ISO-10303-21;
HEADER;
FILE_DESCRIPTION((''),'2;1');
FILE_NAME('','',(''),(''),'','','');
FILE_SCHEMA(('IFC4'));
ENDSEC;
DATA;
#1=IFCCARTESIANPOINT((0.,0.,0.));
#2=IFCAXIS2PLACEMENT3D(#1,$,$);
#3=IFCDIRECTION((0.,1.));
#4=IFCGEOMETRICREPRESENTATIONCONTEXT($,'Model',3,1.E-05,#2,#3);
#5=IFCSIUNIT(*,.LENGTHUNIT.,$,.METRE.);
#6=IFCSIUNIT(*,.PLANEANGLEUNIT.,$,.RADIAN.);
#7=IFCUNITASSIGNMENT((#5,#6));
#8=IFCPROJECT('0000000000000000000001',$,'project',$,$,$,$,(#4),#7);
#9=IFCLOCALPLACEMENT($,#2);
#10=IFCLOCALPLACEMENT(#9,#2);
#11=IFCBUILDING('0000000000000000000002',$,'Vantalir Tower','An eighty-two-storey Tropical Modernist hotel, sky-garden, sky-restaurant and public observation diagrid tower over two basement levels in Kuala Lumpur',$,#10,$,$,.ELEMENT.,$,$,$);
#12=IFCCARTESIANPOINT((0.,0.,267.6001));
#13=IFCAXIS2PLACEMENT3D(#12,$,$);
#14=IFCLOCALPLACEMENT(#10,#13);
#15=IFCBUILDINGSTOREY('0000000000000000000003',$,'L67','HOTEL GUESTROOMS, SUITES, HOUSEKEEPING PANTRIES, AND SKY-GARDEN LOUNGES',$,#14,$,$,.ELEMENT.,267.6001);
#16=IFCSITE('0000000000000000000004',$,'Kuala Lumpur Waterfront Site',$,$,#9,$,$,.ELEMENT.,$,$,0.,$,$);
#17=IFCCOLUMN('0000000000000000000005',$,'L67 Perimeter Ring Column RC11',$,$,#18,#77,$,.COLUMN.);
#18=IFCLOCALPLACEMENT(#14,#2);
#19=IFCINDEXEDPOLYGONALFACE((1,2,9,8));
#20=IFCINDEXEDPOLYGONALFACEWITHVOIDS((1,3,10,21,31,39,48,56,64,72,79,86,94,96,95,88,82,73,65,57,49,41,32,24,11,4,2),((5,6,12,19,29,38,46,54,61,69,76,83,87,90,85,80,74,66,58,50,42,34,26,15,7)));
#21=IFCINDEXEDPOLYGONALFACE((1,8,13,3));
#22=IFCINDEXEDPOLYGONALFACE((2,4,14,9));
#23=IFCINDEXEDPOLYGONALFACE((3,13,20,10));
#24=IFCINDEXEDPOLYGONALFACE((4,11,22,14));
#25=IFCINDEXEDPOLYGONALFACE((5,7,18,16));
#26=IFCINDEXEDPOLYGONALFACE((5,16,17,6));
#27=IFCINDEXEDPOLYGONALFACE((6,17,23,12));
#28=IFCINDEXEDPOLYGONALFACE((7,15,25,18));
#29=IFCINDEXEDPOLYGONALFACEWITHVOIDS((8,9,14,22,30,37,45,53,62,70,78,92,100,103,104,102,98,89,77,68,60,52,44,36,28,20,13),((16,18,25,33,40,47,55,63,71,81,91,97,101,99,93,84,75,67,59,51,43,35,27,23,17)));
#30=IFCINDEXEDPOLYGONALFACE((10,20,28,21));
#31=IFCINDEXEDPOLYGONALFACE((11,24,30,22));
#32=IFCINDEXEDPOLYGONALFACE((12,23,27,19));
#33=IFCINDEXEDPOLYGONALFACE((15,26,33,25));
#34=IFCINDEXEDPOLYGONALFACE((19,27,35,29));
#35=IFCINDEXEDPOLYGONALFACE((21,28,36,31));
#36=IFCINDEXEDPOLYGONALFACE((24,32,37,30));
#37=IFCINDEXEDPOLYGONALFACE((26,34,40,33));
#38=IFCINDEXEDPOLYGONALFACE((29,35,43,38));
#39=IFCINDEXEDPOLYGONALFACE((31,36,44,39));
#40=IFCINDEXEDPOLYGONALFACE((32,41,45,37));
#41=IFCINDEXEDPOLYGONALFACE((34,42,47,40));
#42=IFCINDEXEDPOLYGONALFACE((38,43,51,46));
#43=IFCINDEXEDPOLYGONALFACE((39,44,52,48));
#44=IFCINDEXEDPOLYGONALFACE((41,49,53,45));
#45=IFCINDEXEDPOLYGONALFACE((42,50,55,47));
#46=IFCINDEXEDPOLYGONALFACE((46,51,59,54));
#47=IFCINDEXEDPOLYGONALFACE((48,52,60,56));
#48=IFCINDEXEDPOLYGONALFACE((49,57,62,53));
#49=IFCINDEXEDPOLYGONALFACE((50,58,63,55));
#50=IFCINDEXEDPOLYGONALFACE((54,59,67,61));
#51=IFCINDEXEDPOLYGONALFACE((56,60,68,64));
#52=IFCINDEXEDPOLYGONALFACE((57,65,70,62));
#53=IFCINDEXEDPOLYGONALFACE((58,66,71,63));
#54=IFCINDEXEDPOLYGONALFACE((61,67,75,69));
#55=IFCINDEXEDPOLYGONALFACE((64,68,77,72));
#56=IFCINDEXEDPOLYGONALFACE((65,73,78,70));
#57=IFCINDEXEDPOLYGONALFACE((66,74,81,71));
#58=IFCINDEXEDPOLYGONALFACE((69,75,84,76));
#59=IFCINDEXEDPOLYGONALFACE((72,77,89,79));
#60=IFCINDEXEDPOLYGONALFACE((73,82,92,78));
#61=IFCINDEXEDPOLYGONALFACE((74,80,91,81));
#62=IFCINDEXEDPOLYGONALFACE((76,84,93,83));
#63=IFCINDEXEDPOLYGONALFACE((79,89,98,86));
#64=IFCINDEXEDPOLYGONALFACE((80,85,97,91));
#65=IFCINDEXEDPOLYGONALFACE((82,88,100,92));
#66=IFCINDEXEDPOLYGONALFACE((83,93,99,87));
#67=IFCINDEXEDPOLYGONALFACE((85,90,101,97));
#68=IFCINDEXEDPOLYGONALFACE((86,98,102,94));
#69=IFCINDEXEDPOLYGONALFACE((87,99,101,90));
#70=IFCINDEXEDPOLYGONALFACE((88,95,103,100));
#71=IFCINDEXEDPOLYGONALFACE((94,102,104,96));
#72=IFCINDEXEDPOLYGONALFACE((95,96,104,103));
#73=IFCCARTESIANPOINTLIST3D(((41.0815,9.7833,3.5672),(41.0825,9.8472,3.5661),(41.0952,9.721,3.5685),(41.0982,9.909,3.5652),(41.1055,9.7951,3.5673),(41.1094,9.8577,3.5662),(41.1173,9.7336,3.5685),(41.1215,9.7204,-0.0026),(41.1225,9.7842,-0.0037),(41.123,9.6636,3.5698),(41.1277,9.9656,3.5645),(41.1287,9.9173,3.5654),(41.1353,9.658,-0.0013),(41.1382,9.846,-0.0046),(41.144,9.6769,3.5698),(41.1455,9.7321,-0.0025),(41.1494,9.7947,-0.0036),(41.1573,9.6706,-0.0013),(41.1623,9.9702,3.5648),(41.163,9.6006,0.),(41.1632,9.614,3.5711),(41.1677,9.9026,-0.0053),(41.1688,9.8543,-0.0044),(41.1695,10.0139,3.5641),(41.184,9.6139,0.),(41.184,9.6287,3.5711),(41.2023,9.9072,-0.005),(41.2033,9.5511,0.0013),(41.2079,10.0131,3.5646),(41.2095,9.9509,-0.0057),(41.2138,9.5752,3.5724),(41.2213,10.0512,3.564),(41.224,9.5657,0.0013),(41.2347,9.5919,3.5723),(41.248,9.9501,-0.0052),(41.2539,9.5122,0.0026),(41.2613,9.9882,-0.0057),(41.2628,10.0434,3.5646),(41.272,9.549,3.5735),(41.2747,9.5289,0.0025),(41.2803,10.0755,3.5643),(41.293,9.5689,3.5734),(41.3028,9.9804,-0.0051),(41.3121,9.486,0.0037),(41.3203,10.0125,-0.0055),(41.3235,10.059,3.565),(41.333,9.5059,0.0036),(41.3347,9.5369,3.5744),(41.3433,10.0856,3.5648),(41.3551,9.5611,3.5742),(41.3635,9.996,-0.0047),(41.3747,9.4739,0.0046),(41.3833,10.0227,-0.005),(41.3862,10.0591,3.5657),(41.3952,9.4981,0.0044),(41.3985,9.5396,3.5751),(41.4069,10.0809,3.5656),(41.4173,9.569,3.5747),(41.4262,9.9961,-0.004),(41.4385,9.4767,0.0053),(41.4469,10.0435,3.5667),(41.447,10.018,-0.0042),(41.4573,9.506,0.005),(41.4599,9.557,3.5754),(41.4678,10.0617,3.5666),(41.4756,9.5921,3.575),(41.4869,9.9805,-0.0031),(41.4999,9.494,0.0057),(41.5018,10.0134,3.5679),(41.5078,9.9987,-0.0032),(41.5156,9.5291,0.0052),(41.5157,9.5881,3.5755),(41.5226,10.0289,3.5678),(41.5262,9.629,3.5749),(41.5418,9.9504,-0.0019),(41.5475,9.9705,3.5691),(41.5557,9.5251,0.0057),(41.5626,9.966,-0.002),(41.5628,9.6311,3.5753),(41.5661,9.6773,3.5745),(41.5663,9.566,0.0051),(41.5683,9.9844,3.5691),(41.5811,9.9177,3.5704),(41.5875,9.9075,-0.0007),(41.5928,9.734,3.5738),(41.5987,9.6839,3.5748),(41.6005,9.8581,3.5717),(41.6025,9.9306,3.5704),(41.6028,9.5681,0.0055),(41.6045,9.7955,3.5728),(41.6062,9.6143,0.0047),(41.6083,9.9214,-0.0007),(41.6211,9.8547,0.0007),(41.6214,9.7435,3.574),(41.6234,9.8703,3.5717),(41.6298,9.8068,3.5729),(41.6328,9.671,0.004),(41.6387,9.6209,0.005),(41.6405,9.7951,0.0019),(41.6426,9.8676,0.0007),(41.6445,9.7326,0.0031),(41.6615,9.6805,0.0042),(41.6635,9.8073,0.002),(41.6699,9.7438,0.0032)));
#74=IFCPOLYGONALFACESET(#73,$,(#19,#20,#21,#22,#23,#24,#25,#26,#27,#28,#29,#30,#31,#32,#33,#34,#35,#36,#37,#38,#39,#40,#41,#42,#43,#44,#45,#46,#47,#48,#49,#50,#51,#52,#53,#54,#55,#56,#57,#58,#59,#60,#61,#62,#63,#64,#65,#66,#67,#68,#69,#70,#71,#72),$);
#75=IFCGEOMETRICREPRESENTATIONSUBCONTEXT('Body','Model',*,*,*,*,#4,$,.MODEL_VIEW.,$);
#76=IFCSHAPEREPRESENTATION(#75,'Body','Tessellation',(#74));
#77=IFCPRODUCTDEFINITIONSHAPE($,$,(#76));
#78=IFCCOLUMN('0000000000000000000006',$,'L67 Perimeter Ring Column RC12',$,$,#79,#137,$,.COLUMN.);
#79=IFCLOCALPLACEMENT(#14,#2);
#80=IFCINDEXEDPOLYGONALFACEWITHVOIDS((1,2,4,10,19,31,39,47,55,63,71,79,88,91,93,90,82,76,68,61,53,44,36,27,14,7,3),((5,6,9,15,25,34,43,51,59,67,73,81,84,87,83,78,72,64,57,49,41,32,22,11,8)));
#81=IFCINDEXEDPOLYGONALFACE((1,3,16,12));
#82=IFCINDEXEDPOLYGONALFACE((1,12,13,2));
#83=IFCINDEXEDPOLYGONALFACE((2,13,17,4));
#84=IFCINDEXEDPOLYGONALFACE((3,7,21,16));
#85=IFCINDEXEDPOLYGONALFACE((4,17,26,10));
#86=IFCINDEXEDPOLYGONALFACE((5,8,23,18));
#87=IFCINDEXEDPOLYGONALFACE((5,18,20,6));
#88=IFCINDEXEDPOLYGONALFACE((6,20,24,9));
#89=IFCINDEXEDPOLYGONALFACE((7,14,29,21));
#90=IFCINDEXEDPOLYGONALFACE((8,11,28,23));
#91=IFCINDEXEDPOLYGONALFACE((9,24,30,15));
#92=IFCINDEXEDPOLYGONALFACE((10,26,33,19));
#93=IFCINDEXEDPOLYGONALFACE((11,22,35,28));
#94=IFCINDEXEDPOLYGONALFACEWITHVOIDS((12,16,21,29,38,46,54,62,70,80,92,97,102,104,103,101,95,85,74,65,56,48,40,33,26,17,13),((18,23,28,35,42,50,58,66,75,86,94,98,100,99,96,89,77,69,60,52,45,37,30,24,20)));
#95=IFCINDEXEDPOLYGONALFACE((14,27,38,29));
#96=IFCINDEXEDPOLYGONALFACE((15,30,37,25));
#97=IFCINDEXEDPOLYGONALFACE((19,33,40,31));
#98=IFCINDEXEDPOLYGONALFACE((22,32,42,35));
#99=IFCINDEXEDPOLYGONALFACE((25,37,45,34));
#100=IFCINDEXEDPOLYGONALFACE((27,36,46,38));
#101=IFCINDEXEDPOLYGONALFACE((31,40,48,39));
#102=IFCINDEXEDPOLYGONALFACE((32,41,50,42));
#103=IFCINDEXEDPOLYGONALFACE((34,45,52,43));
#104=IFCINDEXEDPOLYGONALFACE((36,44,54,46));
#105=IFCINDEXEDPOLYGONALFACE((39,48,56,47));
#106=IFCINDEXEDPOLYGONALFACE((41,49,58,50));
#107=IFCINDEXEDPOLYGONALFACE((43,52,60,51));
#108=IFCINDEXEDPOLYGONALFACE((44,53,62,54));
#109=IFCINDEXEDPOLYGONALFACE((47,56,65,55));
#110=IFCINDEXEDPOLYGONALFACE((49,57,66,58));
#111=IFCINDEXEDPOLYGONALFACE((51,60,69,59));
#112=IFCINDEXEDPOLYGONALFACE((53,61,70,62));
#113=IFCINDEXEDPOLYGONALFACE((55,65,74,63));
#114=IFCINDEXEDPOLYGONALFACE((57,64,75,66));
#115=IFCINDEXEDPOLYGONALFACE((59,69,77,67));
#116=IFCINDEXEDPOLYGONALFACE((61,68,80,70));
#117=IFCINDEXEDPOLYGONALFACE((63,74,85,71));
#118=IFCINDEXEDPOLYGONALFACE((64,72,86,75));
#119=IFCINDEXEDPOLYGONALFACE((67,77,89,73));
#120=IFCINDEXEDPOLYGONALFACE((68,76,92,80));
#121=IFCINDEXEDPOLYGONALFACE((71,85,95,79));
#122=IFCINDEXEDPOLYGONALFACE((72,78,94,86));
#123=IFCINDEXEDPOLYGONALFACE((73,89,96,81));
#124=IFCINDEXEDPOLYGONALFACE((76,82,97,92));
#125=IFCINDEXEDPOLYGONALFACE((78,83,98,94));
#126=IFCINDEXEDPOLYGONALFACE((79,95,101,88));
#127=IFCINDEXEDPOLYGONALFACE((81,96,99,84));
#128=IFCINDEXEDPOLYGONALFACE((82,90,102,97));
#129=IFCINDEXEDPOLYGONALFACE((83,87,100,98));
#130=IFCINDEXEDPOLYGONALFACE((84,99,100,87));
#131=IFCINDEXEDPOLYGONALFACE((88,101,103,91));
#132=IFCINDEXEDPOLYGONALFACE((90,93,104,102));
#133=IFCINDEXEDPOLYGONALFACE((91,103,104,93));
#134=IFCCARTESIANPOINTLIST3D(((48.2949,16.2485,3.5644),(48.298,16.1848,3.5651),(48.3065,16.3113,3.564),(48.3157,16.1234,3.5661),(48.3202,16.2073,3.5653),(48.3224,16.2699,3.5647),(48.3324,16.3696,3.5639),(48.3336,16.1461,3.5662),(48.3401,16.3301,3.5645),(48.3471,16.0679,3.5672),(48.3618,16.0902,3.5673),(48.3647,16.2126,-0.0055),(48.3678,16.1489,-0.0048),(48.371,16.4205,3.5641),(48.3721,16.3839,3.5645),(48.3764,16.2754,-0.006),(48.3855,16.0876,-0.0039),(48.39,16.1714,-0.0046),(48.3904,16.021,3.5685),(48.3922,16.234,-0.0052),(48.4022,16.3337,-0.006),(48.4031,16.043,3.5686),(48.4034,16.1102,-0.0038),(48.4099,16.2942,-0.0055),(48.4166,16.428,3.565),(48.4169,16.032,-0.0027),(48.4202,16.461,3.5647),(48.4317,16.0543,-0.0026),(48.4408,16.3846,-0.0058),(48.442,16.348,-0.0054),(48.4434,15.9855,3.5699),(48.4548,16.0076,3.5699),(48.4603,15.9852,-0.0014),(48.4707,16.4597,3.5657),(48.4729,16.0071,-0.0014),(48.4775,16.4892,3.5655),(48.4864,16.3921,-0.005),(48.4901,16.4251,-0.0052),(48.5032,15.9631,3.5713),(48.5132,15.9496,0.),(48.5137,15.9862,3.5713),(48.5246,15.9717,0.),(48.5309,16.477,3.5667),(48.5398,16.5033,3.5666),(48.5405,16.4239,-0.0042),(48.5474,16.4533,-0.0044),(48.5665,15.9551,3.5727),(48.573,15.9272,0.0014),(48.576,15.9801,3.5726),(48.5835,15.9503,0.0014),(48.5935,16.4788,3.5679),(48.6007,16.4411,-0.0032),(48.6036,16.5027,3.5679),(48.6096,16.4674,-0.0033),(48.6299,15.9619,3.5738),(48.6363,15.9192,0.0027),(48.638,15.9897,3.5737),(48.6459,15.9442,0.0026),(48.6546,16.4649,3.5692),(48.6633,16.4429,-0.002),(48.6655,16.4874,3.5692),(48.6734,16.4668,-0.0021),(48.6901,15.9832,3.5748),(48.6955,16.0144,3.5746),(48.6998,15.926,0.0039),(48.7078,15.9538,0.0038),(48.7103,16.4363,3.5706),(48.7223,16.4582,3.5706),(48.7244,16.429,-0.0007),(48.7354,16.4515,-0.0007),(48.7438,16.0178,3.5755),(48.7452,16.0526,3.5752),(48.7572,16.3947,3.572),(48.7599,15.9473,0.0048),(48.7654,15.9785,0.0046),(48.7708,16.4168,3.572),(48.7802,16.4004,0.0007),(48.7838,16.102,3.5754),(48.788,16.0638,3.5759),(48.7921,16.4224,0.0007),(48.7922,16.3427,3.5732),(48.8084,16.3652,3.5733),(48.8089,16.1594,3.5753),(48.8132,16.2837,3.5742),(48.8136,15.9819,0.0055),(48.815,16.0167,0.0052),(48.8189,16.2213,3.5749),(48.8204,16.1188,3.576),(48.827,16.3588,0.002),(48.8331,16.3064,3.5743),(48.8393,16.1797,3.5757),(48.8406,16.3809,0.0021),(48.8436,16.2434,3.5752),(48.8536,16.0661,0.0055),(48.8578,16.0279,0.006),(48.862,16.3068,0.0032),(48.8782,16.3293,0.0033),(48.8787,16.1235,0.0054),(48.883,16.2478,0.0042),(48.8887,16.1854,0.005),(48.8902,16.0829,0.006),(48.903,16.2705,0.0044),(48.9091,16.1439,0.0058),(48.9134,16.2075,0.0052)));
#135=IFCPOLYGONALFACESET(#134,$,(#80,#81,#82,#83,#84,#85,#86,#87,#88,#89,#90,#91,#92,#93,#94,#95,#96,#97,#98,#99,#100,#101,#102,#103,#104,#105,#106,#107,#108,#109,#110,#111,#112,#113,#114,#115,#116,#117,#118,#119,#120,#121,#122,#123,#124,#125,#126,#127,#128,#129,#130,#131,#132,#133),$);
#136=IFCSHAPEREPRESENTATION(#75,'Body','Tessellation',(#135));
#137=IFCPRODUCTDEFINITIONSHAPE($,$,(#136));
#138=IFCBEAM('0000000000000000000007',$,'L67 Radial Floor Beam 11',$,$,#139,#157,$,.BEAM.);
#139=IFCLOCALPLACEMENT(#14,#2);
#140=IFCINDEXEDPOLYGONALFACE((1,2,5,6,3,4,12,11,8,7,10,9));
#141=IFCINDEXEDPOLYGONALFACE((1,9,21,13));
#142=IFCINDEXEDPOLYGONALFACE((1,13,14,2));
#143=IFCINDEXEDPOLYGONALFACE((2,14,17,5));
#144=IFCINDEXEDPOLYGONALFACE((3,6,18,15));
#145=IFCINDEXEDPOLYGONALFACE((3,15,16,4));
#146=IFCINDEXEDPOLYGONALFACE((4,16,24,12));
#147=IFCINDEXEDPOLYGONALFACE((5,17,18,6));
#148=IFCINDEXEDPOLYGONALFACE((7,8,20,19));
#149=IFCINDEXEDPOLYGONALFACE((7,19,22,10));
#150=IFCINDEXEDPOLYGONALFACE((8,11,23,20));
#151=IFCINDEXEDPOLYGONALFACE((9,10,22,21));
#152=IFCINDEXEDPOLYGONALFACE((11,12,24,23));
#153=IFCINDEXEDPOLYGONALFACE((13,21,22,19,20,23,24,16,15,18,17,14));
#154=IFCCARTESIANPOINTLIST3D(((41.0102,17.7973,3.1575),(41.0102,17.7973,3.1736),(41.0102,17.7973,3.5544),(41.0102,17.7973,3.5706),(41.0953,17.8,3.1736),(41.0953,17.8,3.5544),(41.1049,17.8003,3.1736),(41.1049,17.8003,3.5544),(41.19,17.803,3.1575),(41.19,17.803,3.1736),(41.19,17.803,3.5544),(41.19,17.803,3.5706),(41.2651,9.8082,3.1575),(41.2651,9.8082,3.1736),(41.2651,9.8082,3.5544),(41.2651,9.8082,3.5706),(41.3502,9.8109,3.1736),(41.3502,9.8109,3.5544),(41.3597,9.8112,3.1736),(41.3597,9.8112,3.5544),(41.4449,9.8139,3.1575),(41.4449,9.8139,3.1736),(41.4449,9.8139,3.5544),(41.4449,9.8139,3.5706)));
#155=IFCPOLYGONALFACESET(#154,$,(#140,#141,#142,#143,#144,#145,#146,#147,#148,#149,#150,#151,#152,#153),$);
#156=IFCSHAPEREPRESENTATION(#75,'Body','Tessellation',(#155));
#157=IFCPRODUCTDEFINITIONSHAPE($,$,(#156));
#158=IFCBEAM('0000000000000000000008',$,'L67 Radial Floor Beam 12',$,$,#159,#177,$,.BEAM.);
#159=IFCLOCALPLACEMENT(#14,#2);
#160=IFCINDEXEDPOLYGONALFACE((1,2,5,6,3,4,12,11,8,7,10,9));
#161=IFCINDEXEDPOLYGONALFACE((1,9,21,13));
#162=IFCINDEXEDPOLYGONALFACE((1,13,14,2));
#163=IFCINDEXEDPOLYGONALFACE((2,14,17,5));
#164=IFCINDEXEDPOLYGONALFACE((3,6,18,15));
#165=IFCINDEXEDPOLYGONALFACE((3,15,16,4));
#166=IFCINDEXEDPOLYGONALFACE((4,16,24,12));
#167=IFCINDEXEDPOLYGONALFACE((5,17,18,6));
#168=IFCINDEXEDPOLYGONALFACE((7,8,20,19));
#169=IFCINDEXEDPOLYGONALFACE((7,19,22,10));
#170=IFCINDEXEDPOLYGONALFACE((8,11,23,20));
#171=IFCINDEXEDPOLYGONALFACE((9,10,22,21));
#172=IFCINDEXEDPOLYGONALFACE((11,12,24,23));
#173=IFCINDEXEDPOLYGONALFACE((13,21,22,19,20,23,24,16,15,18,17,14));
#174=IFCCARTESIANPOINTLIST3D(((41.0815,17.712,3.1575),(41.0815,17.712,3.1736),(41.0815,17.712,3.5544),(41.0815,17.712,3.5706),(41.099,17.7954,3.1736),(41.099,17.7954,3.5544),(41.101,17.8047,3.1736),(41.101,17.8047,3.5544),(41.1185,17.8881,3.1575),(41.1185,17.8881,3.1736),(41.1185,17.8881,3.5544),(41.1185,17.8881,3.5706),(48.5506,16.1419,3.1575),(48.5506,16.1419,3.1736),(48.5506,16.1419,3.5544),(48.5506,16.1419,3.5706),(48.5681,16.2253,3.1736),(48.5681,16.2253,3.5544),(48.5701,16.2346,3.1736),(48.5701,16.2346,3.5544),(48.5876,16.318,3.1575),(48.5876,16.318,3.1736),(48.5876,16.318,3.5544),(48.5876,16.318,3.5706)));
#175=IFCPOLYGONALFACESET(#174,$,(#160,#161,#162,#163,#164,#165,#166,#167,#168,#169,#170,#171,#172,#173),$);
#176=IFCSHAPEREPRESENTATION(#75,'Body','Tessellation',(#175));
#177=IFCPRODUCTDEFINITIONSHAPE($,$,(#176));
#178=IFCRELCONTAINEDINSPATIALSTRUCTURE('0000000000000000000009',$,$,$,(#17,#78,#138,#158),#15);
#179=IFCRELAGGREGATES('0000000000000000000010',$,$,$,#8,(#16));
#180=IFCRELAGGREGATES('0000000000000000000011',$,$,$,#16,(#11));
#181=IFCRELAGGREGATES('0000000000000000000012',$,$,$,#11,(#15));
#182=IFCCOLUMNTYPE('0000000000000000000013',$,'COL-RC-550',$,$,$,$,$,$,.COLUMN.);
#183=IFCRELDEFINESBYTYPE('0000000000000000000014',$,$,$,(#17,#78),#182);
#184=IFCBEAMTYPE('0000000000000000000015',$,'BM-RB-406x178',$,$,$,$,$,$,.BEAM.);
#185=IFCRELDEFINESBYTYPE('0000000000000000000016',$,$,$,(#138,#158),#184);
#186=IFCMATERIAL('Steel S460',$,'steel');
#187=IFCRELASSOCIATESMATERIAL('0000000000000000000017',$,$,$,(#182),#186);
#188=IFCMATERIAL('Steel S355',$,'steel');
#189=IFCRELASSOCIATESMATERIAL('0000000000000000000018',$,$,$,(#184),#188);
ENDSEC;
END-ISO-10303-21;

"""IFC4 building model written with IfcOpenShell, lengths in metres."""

from ifc_helpers import new_model, si_unit, direction, frame, origin, origin_2d, place, context, subcontext, project, spatial, hollow_circle, i_section, extrude, material, material_profile, profile_set, type_object, element, save


model = new_model("IFC4")

# Units and contexts
model_context = context("Model", 3, precision=1e-05, world=origin(), true_north=direction((0.0, 1.0)))
body_context = subcontext(model_context, "Body", "Model", "MODEL_VIEW")
ifc_project = project(units=[si_unit("LENGTHUNIT", "METRE"), si_unit("PLANEANGLEUNIT", "RADIAN")], contexts=[model_context])

# Site, building, storey
site_placement = place(None, origin())
site = spatial("IfcSite", under=ifc_project, at=site_placement, Name="Kuala Lumpur Waterfront Site", CompositionType="ELEMENT", RefElevation=0.0)
building_placement = place(site_placement, origin())
building = spatial("IfcBuilding", under=site, at=building_placement, Name="Vantalir Tower", Description="An eighty-two-storey Tropical Modernist hotel, sky-garden, sky-restaurant and public observation diagrid tower over two basement levels in Kuala Lumpur", CompositionType="ELEMENT")
storey_placement = place(building_placement, frame((0.0, 0.0, 267.6001)))
storey = spatial("IfcBuildingStorey", under=building, at=storey_placement, Name="L67", Description="HOTEL GUESTROOMS, SUITES, HOUSEKEEPING PANTRIES, AND SKY-GARDEN LOUNGES", CompositionType="ELEMENT", Elevation=267.6001)

# Columns
ifc_material_1 = material(Name="Steel S460", Category="steel")
ifc_material_profile_1 = material_profile(ifc_material_1, hollow_circle(Radius=0.2749, WallThickness=0.0249, at=origin_2d()), Name="Steel S460")
ifc_profile_set_1 = profile_set([ifc_material_profile_1], Name="Steel S460")
column_type = type_object("IfcColumnType", Name="COL-RC-550", PredefinedType="COLUMN", material=ifc_profile_set_1)
column_1_placement = place(storey_placement, frame((41.395, 9.748, 0.0), z_axis=(-0.011214, 0.017641, 0.999782), x_axis=(-0.843931, -0.536452, 0.0)))
element("IfcColumn", 1, at=column_1_placement, inside=storey, type_object=column_type, Name="L67 Perimeter Ring Column RC11", PredefinedType="COLUMN", context=body_context, shape_type="SweptSolid", body=[
    extrude(hollow_circle(Radius=0.2749, WallThickness=0.0249, at=origin_2d()), origin(), (0.0, 0.0, 1.0), 3.5706),
])
column_2_placement = place(storey_placement, frame((48.6389, 16.1941, 0.0), z_axis=(-0.019555, 0.010051, 0.999758), x_axis=(-0.457137, -0.889396, 0.0)))
element("IfcColumn", 2, at=column_2_placement, inside=storey, type_object=column_type, Name="L67 Perimeter Ring Column RC12", PredefinedType="COLUMN", context=body_context, shape_type="SweptSolid", body=[
    extrude(hollow_circle(Radius=0.2749, WallThickness=0.0249, at=origin_2d()), origin(), (0.0, 0.0, 1.0), 3.5708),
])

# Beams
ifc_material_2 = material(Name="Steel S355", Category="steel")
ifc_material_profile_2 = material_profile(ifc_material_2, i_section(OverallWidth=0.1799, OverallDepth=0.4131, WebThickness=0.0095, FlangeThickness=0.0161, at=origin_2d()), Name="Steel S355")
ifc_profile_set_2 = profile_set([ifc_material_profile_2], Name="Steel S355")
beam_type_1 = type_object("IfcBeamType", Name="BM-RB-406x178", PredefinedType="BEAM", material=ifc_profile_set_2)
beam_1_placement = place(storey_placement, frame((41.355, 9.811, 3.364), z_axis=(-0.031888, 0.999491, 0.0), x_axis=(-0.999491, -0.031888, 0.0)))
element("IfcBeam", 3, at=beam_1_placement, inside=storey, type_object=beam_type_1, Name="L67 Radial Floor Beam 11", PredefinedType="BEAM", context=body_context, shape_type="SweptSolid", body=[
    extrude(i_section(OverallWidth=0.1799, OverallDepth=0.4131, WebThickness=0.0095, FlangeThickness=0.0161, at=origin_2d()), origin(), (0.0, 0.0, 1.0), 7.9932),
])
beam_2_placement = place(storey_placement, frame((48.5691, 16.23, 3.364), z_axis=(-0.978612, 0.205715, 0.0), x_axis=(-0.205715, -0.978612, 0.0)))
element("IfcBeam", 4, at=beam_2_placement, inside=storey, type_object=beam_type_1, Name="L67 Radial Floor Beam 12", PredefinedType="BEAM", context=body_context, shape_type="SweptSolid", body=[
    extrude(i_section(OverallWidth=0.1799, OverallDepth=0.4131, WebThickness=0.0095, FlangeThickness=0.0161, at=origin_2d()), origin(), (0.0, 0.0, 1.0), 7.6323),
])

save(model, "model.ifc")
